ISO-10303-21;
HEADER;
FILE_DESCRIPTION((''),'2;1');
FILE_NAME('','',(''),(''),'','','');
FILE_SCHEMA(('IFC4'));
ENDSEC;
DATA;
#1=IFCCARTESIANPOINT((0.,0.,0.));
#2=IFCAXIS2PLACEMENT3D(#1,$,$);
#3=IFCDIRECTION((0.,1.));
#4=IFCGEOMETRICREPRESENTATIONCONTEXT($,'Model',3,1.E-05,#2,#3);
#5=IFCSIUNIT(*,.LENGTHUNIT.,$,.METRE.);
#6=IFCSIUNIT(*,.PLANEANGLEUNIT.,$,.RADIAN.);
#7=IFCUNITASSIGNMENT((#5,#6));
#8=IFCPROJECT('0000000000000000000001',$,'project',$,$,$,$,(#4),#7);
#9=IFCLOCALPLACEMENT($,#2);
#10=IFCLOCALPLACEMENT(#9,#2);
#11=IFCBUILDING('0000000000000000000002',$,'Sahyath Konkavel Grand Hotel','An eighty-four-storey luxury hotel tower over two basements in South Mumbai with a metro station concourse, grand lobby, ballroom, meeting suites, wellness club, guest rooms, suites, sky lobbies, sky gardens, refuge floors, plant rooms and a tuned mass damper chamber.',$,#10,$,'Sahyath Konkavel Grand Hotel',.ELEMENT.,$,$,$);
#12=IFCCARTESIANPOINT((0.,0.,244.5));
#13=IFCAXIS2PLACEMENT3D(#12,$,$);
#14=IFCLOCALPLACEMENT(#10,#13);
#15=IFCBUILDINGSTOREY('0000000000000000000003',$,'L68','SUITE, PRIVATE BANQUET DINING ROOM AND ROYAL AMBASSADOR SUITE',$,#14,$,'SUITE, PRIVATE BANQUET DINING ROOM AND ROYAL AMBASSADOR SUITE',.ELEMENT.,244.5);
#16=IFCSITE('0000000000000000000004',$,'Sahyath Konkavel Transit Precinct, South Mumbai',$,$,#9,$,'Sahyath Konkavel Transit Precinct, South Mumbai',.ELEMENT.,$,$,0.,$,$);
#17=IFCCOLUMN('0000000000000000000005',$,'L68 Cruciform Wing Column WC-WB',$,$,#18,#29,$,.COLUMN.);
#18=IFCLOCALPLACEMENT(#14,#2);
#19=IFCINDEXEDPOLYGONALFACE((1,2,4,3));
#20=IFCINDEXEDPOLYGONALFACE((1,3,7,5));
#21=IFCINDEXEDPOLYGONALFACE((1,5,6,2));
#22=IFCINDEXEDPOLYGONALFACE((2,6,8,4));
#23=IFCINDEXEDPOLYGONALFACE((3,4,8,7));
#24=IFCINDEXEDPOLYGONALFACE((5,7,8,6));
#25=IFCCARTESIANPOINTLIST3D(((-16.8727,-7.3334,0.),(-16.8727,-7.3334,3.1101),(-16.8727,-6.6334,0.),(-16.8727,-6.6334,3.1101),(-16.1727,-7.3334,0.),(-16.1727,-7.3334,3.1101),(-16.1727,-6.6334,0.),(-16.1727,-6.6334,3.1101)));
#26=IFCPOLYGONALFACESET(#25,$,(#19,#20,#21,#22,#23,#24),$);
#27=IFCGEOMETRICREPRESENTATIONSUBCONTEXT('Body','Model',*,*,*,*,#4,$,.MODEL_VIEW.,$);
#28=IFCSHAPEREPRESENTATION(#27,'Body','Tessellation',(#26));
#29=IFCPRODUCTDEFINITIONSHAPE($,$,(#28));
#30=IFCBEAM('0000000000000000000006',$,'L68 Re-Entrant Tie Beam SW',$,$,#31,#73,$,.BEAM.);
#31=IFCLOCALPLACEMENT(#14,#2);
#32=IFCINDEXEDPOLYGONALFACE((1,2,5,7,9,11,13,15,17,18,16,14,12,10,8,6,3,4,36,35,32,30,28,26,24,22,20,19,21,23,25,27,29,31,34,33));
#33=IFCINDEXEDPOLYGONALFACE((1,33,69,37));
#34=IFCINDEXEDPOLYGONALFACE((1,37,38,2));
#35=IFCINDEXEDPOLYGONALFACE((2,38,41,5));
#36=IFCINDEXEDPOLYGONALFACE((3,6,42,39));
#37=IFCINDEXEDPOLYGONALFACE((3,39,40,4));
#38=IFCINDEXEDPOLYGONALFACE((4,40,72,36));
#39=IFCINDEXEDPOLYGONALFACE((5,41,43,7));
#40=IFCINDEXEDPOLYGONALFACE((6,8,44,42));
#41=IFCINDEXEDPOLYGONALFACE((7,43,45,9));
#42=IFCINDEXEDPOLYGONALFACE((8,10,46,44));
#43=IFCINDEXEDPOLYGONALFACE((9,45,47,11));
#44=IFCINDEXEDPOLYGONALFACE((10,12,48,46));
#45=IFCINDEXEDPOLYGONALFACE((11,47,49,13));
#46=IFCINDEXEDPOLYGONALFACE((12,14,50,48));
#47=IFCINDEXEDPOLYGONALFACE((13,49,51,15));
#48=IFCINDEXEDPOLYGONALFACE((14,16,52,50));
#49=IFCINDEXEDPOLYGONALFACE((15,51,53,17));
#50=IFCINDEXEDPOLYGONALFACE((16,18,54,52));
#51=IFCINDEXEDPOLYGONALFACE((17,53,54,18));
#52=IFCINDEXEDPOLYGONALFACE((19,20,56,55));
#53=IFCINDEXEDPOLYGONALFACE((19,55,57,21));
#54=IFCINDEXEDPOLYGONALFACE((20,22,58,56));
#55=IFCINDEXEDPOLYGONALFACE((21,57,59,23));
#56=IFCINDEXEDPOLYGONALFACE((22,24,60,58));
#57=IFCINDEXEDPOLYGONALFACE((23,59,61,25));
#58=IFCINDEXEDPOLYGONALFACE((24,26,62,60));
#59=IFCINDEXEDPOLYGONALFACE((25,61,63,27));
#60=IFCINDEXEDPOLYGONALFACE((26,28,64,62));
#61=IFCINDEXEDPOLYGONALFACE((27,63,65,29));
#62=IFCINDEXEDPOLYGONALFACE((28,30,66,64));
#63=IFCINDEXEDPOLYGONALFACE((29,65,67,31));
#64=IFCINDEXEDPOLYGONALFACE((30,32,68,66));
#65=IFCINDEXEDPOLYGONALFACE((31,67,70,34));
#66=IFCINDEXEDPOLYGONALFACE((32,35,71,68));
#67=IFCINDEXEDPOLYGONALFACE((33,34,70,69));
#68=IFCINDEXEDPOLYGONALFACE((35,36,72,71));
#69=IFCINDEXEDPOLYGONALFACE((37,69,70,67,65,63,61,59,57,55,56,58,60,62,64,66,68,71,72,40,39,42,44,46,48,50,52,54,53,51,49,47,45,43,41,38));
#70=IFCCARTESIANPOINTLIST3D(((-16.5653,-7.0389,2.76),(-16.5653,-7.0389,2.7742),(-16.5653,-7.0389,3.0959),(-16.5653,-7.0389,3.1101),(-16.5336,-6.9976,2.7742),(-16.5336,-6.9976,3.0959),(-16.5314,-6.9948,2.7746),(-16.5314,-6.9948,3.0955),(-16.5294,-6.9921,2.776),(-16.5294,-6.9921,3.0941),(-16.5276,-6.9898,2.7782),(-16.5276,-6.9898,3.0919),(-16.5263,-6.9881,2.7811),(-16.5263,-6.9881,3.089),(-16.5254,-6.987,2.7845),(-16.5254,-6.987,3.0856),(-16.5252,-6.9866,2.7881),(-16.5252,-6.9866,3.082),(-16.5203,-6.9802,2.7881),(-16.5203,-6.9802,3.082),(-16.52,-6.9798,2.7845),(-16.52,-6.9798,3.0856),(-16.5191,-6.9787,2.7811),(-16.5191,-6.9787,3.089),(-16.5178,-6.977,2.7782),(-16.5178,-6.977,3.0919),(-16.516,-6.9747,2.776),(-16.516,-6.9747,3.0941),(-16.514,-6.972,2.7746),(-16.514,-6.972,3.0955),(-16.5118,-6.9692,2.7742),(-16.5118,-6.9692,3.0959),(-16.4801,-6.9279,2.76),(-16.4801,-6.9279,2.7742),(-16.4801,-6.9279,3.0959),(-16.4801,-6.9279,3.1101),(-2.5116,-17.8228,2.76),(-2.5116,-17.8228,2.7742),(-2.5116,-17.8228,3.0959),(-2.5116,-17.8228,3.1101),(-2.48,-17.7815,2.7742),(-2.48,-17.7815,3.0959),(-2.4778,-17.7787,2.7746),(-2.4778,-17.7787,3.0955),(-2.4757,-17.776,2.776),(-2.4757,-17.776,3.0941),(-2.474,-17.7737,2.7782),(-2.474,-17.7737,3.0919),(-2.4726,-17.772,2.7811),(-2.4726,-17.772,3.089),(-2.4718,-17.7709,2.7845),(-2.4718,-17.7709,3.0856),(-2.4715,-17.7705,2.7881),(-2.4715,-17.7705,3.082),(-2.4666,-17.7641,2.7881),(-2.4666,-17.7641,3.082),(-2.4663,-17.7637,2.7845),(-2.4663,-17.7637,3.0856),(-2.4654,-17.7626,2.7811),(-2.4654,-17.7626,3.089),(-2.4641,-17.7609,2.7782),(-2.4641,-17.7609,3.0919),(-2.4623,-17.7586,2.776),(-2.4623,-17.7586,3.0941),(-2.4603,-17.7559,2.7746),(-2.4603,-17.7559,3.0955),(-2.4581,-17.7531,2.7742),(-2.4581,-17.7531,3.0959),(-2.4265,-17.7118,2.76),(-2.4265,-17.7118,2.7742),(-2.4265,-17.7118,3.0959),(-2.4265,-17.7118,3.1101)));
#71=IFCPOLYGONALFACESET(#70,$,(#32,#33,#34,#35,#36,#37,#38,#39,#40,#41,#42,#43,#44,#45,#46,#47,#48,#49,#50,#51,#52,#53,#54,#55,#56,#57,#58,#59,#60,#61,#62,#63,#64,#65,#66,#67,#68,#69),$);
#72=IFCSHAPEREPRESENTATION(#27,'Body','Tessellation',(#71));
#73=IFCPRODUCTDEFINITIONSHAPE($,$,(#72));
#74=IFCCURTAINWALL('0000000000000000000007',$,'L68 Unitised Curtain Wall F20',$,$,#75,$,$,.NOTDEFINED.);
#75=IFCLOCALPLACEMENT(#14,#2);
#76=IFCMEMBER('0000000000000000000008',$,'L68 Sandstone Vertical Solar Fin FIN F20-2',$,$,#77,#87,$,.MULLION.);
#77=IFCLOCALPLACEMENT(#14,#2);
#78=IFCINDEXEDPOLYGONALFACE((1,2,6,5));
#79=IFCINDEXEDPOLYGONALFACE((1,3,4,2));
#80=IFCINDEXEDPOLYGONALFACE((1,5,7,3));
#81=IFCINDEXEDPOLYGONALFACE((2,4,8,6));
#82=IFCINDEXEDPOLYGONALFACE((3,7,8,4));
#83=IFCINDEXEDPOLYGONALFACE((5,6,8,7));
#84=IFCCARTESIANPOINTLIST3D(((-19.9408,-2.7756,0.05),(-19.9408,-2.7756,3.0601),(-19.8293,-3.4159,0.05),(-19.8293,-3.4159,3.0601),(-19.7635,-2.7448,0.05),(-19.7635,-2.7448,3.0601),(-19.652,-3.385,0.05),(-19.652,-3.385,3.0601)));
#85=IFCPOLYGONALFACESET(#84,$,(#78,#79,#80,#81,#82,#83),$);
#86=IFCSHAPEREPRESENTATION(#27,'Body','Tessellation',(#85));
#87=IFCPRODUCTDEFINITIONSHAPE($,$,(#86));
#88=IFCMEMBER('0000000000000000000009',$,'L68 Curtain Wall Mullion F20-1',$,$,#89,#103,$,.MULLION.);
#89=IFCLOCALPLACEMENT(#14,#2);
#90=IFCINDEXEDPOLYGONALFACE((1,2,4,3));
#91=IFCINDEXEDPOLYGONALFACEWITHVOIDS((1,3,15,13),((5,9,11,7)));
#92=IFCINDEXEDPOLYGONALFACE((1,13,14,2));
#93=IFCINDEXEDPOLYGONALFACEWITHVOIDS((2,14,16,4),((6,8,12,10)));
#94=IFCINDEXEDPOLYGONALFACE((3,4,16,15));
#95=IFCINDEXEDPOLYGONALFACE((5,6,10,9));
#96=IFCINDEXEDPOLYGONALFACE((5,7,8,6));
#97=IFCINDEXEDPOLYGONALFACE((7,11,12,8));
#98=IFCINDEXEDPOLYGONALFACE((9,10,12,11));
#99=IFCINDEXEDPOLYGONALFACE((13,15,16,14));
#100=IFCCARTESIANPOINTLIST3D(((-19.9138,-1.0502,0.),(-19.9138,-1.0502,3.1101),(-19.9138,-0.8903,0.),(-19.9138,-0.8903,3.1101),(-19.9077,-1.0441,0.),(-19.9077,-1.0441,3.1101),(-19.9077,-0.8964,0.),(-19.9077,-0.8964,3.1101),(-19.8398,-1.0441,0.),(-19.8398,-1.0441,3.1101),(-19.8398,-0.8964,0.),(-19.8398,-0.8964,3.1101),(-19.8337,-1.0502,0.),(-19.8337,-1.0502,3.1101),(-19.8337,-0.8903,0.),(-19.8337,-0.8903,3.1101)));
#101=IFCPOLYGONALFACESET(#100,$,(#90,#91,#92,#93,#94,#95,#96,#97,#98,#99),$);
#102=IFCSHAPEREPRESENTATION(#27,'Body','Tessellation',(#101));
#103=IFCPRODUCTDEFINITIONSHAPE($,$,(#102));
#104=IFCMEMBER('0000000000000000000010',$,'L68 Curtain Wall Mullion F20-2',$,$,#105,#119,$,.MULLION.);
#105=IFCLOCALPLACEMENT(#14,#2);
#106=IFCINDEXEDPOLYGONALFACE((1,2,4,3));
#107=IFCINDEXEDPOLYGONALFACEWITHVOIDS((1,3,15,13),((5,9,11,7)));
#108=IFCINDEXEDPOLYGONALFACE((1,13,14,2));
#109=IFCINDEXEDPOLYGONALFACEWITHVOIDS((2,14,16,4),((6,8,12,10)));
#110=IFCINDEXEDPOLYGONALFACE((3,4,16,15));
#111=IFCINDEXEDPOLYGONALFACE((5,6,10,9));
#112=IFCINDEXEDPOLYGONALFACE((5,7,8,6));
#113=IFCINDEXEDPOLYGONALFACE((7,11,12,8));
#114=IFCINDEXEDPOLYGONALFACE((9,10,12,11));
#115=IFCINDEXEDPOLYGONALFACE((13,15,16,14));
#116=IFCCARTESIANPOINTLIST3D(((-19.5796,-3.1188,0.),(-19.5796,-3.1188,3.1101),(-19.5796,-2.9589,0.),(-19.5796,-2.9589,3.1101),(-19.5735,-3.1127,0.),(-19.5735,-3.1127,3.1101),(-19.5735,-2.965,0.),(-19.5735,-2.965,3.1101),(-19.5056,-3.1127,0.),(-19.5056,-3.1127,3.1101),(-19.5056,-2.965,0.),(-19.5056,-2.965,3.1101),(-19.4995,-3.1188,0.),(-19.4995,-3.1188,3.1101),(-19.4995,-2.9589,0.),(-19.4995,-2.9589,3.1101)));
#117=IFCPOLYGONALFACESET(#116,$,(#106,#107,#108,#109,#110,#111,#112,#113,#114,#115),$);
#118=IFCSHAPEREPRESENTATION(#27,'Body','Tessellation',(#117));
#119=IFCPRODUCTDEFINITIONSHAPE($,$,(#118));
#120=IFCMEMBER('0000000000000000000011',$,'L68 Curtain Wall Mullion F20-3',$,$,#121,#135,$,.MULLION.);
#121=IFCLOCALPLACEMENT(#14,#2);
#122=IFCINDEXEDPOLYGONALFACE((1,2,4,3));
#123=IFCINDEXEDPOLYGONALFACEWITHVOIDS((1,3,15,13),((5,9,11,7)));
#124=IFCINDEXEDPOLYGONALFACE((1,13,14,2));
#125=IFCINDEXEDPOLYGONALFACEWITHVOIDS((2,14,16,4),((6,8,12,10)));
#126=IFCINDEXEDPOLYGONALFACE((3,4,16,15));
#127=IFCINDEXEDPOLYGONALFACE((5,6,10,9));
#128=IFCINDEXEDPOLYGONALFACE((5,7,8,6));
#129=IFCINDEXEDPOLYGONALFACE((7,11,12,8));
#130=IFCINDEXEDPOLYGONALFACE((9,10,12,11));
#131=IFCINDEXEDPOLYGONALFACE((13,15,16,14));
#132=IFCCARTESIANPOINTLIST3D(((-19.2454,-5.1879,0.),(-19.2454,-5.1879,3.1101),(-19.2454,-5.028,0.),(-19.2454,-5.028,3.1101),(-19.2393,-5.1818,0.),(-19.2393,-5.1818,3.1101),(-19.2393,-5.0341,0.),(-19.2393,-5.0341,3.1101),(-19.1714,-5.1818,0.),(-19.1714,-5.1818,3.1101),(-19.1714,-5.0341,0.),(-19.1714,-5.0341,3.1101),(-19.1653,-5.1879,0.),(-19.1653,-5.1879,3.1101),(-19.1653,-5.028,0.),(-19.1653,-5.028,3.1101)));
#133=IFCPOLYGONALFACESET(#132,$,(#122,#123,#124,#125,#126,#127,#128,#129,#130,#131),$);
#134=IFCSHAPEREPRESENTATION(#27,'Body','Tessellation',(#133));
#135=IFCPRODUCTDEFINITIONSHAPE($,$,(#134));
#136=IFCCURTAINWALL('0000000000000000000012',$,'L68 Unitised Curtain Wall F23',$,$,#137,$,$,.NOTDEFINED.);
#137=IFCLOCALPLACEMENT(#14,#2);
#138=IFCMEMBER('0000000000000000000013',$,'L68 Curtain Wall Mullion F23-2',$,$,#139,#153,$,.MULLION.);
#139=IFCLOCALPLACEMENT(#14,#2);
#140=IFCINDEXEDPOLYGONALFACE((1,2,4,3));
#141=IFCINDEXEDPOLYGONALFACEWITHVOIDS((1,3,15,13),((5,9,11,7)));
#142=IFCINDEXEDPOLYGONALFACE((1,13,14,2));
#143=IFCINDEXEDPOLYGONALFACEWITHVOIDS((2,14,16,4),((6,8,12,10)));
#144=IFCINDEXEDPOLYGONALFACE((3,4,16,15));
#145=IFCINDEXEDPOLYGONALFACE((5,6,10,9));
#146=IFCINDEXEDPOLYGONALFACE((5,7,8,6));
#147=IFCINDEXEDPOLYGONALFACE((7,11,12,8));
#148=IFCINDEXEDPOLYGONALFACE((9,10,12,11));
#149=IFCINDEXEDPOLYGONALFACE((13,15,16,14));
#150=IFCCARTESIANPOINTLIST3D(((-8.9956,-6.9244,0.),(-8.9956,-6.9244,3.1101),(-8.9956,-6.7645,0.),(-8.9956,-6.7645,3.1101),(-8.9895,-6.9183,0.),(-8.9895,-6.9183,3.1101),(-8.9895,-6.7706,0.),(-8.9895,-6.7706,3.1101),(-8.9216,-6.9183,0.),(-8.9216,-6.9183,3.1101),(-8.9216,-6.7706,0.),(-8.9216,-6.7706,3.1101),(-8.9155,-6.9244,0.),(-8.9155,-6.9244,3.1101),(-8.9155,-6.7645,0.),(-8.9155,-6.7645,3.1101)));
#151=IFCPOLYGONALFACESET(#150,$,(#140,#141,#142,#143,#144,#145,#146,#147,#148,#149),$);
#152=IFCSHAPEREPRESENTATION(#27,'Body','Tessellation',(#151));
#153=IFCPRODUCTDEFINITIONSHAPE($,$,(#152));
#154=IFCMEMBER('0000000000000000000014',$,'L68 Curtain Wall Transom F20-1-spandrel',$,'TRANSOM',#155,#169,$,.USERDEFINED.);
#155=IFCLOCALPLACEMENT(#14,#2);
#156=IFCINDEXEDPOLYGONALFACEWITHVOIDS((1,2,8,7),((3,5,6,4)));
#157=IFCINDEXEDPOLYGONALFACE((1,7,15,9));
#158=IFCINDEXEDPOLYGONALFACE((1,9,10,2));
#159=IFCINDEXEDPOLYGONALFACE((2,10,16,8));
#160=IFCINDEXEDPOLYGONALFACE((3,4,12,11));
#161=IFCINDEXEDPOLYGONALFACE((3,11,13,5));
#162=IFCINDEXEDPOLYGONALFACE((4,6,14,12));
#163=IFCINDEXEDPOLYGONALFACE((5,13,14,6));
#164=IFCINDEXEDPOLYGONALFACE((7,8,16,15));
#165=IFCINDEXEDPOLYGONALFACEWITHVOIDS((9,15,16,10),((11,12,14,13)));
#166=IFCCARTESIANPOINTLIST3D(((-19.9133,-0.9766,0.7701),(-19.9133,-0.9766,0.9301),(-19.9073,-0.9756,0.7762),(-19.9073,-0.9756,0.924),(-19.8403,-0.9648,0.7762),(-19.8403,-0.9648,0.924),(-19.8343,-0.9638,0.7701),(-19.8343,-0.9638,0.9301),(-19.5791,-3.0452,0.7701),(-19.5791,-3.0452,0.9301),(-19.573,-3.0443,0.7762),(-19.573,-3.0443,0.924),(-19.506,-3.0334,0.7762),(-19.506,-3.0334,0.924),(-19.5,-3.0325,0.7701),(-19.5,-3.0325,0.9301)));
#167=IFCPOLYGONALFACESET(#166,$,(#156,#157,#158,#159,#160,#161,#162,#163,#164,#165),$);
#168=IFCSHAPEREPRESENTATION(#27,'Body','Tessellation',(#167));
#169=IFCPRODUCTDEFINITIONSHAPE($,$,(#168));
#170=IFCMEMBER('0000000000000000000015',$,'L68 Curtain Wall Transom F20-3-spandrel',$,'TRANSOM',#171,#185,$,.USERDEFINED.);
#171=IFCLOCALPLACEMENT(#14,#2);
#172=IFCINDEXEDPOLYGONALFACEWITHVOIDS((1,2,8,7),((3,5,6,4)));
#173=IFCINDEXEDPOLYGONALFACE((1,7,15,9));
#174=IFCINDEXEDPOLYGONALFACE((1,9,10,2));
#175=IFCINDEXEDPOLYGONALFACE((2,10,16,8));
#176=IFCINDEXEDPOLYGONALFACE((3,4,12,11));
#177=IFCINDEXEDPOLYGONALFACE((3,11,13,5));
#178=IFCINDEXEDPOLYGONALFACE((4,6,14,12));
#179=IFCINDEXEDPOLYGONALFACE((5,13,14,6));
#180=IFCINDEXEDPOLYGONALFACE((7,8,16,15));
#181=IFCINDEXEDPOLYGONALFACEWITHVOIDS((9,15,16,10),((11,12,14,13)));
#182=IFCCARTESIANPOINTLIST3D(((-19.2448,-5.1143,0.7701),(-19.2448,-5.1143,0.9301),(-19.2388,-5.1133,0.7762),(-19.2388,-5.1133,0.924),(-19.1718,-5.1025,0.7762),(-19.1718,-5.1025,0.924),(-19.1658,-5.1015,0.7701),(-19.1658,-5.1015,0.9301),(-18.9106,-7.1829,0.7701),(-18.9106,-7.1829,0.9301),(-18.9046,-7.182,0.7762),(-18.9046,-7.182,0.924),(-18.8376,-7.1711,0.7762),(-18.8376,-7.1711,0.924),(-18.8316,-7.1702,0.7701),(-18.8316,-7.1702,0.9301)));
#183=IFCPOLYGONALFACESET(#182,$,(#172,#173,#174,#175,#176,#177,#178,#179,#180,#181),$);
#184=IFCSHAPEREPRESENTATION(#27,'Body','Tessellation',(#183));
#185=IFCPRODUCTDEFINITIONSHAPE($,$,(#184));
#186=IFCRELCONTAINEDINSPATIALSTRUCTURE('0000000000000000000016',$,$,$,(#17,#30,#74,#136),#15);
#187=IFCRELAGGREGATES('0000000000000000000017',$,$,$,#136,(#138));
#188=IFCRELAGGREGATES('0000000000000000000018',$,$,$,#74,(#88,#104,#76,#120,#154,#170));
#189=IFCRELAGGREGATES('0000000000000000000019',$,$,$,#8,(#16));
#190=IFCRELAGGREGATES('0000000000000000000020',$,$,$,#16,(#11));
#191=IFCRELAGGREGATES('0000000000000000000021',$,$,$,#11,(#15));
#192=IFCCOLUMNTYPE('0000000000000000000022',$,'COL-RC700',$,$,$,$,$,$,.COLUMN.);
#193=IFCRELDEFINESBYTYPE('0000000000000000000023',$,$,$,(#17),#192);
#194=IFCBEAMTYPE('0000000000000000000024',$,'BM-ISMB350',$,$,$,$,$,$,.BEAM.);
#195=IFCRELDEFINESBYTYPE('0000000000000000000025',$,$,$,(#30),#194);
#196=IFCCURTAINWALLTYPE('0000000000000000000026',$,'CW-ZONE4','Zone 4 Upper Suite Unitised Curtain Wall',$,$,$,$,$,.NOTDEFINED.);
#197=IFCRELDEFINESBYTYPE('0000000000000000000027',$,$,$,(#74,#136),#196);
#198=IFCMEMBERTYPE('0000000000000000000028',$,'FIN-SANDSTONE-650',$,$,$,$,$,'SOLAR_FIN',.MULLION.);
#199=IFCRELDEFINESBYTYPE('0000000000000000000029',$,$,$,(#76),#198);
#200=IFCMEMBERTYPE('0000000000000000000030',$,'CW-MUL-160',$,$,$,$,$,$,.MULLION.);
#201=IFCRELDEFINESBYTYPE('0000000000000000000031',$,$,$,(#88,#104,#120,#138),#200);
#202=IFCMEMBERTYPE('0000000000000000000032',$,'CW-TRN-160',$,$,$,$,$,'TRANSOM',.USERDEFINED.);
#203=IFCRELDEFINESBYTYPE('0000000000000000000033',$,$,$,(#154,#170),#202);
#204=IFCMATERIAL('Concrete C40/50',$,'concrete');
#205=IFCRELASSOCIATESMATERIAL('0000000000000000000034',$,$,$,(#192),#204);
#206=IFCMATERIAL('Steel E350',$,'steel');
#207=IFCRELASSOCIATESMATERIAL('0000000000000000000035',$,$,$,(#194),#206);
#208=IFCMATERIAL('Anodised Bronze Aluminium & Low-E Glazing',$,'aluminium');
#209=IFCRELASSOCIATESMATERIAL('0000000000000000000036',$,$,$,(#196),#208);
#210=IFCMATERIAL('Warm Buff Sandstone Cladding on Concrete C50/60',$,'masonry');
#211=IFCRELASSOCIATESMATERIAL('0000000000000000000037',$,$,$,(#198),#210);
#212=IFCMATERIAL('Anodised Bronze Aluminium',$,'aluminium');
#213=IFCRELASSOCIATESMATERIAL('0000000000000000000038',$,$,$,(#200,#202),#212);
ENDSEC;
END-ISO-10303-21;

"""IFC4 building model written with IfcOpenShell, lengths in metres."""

from ifc_helpers import new_model, si_unit, direction, frame, origin, origin_2d, place, context, subcontext, project, spatial, rectangle, hollow_rectangle, i_section, extrude, source, transform, mapped, material, material_profile, profile_set, type_object, element, aggregate, save


model = new_model("IFC4")

# Units and contexts
model_context = context("Model", 3, precision=1e-05, world=origin(), true_north=direction((0.0, 1.0)))
body_context = subcontext(model_context, "Body", "Model", "MODEL_VIEW")
ifc_project = project(units=[si_unit("LENGTHUNIT", "METRE"), si_unit("PLANEANGLEUNIT", "RADIAN")], contexts=[model_context])

# Site, building, storey
site_placement = place(None, origin())
site = spatial("IfcSite", under=ifc_project, at=site_placement, Name="Sahyath Konkavel Transit Precinct, South Mumbai", LongName="Sahyath Konkavel Transit Precinct, South Mumbai", CompositionType="ELEMENT", RefElevation=0.0)
building_placement = place(site_placement, origin())
building = spatial("IfcBuilding", under=site, at=building_placement, Name="Sahyath Konkavel Grand Hotel", Description="An eighty-four-storey luxury hotel tower over two basements in South Mumbai with a metro station concourse, grand lobby, ballroom, meeting suites, wellness club, guest rooms, suites, sky lobbies, sky gardens, refuge floors, plant rooms and a tuned mass damper chamber.", LongName="Sahyath Konkavel Grand Hotel", CompositionType="ELEMENT")
storey_placement = place(building_placement, frame((0.0, 0.0, 244.5)))
storey = spatial("IfcBuildingStorey", under=building, at=storey_placement, Name="L68", Description="SUITE, PRIVATE BANQUET DINING ROOM AND ROYAL AMBASSADOR SUITE", LongName="SUITE, PRIVATE BANQUET DINING ROOM AND ROYAL AMBASSADOR SUITE", CompositionType="ELEMENT", Elevation=244.5)

# Column
ifc_material_1 = material(Name="Concrete C40/50", Category="concrete")
ifc_material_profile_1 = material_profile(ifc_material_1, rectangle(XDim=0.7, YDim=0.7, at=origin_2d()), Name="RC 700x700")
ifc_profile_set_1 = profile_set([ifc_material_profile_1], Name="Concrete C40/50")
column_type = type_object("IfcColumnType", Name="COL-RC700", PredefinedType="COLUMN", material=ifc_profile_set_1)
shared_shape_1 = source(origin(), body_context, "Body", "SweptSolid", [
    extrude(rectangle(XDim=0.7, YDim=0.7, at=origin_2d()), origin(), (0.0, 0.0, 1.0), 3.1101),
])
column_placement = place(storey_placement, frame((-16.5227, -6.9834, 0.0), z_axis=(0.0, 0.0, 1.0), x_axis=(1.0, 0.0, 0.0)))
element("IfcColumn", 1, at=column_placement, inside=storey, type_object=column_type, Name="L68 Cruciform Wing Column WC-WB", PredefinedType="COLUMN", context=body_context, shape_type="MappedRepresentation", body=[
    mapped(shared_shape_1, transform((0.0, 0.0, 0.0), scale=1.0)),
])

# Beam
ifc_material_2 = material(Name="Steel E350", Category="steel")
ifc_material_profile_2 = material_profile(ifc_material_2, i_section(OverallWidth=0.1399, OverallDepth=0.3501, WebThickness=0.0081, FlangeThickness=0.0142, FilletRadius=0.0139, at=origin_2d()), Name="ISMB 350")
ifc_profile_set_2 = profile_set([ifc_material_profile_2], Name="Steel E350")
beam_type_1 = type_object("IfcBeamType", Name="BM-ISMB350", PredefinedType="BEAM", material=ifc_profile_set_2)
shared_shape_2 = source(origin(), body_context, "Body", "SweptSolid", [
    extrude(i_section(OverallWidth=0.1399, OverallDepth=0.3501, WebThickness=0.0081, FlangeThickness=0.0142, FilletRadius=0.0139, at=origin_2d()), origin(), (0.0, 0.0, 1.0), 17.7144),
])
beam_1_placement = place(storey_placement, frame((-16.5227, -6.9834, 2.9351), z_axis=(0.793349, -0.608767, 0.0), x_axis=(0.608767, 0.793349, 0.0)))
element("IfcBeam", 2, at=beam_1_placement, inside=storey, type_object=beam_type_1, Name="L68 Re-Entrant Tie Beam SW", PredefinedType="BEAM", context=body_context, shape_type="MappedRepresentation", body=[
    mapped(shared_shape_2, transform((0.0, 0.0, 0.0), scale=1.0)),
])

# Curtain wall, members
ifc_material_3 = material(Name="Anodised Bronze Aluminium & Low-E Glazing", Category="aluminium")
curtain_wall_type = type_object("IfcCurtainWallType", Name="CW-ZONE4", Description="Zone 4 Upper Suite Unitised Curtain Wall", PredefinedType="NOTDEFINED", material=ifc_material_3)
curtain_wall_1_placement = place(storey_placement, origin())
curtain_wall_1 = element("IfcCurtainWall", 3, at=curtain_wall_1_placement, inside=storey, type_object=curtain_wall_type, Name="L68 Unitised Curtain Wall F20", PredefinedType="NOTDEFINED")
ifc_material_4 = material(Name="Warm Buff Sandstone Cladding on Concrete C50/60", Category="masonry")
ifc_material_profile_3 = material_profile(ifc_material_4, rectangle(XDim=0.1799, YDim=0.6499, at=origin_2d()), Name="FIN 180x650")
ifc_profile_set_3 = profile_set([ifc_material_profile_3], Name="Warm Buff Sandstone Cladding on Concrete C50/60")
member_type_1 = type_object("IfcMemberType", Name="FIN-SANDSTONE-650", ElementType="SOLAR_FIN", PredefinedType="MULLION", material=ifc_profile_set_3)
shared_shape_3 = source(origin(), body_context, "Body", "SweptSolid", [
    extrude(rectangle(XDim=0.1799, YDim=0.6499, at=origin_2d()), origin(), (0.0, 0.0, 1.0), 3.01),
])
member_1_placement = place(storey_placement, frame((-19.7964, -3.0803, 0.05), z_axis=(0.0, 0.0, 1.0), x_axis=(0.985169, 0.171585, 0.0)))
member_1 = element("IfcMember", 4, at=member_1_placement, type_object=member_type_1, Name="L68 Sandstone Vertical Solar Fin FIN F20-2", PredefinedType="MULLION", context=body_context, shape_type="MappedRepresentation", body=[
    mapped(shared_shape_3, transform((0.0, 0.0, 0.0), scale=1.0)),
])
ifc_material_5 = material(Name="Anodised Bronze Aluminium", Category="aluminium")
ifc_material_profile_4 = material_profile(ifc_material_5, hollow_rectangle(XDim=0.0801, YDim=0.1599, WallThickness=0.0061, at=origin_2d()), Name="RHS 160x80x6")
ifc_profile_set_4 = profile_set([ifc_material_profile_4], Name="Anodised Bronze Aluminium")
member_type_2 = type_object("IfcMemberType", Name="CW-MUL-160", PredefinedType="MULLION", material=ifc_profile_set_4)
shared_shape_4 = source(origin(), body_context, "Body", "SweptSolid", [
    extrude(hollow_rectangle(XDim=0.0801, YDim=0.1599, WallThickness=0.0061, at=origin_2d()), origin(), (0.0, 0.0, 1.0), 3.1101),
])
member_2_placement = place(storey_placement, frame((-19.8738, -0.9702, 0.0), z_axis=(0.0, 0.0, 1.0), x_axis=(1.0, 0.0, 0.0)))
member_2 = element("IfcMember", 5, at=member_2_placement, type_object=member_type_2, Name="L68 Curtain Wall Mullion F20-1", PredefinedType="MULLION", context=body_context, shape_type="MappedRepresentation", body=[
    mapped(shared_shape_4, transform((0.0, 0.0, 0.0), scale=1.0)),
])
member_3_placement = place(storey_placement, frame((-19.5396, -3.0388, 0.0), z_axis=(0.0, 0.0, 1.0), x_axis=(1.0, 0.0, 0.0)))
member_3 = element("IfcMember", 6, at=member_3_placement, type_object=member_type_2, Name="L68 Curtain Wall Mullion F20-2", PredefinedType="MULLION", context=body_context, shape_type="MappedRepresentation", body=[
    mapped(shared_shape_4, transform((0.0, 0.0, 0.0), scale=1.0)),
])
member_4_placement = place(storey_placement, frame((-19.2053, -5.1079, 0.0), z_axis=(0.0, 0.0, 1.0), x_axis=(1.0, 0.0, 0.0)))
member_4 = element("IfcMember", 7, at=member_4_placement, type_object=member_type_2, Name="L68 Curtain Wall Mullion F20-3", PredefinedType="MULLION", context=body_context, shape_type="MappedRepresentation", body=[
    mapped(shared_shape_4, transform((0.0, 0.0, 0.0), scale=1.0)),
])

# Curtain wall, member
curtain_wall_2_placement = place(storey_placement, origin())
curtain_wall_2 = element("IfcCurtainWall", 8, at=curtain_wall_2_placement, inside=storey, type_object=curtain_wall_type, Name="L68 Unitised Curtain Wall F23", PredefinedType="NOTDEFINED")
member_5_placement = place(storey_placement, frame((-8.9556, -6.8445, 0.0), z_axis=(0.0, 0.0, 1.0), x_axis=(1.0, 0.0, 0.0)))
member_5 = element("IfcMember", 9, at=member_5_placement, type_object=member_type_2, Name="L68 Curtain Wall Mullion F23-2", PredefinedType="MULLION", context=body_context, shape_type="MappedRepresentation", body=[
    mapped(shared_shape_4, transform((0.0, 0.0, 0.0), scale=1.0)),
])

# Members
ifc_material_profile_5 = material_profile(ifc_material_5, hollow_rectangle(XDim=0.0801, YDim=0.1599, WallThickness=0.0061, at=origin_2d()), Name="RHS 160x80x6")
ifc_profile_set_5 = profile_set([ifc_material_profile_5], Name="Anodised Bronze Aluminium")
member_type_3 = type_object("IfcMemberType", Name="CW-TRN-160", ElementType="TRANSOM", PredefinedType="USERDEFINED", material=ifc_profile_set_5)
shared_shape_5 = source(origin(), body_context, "Body", "SweptSolid", [
    extrude(hollow_rectangle(XDim=0.0801, YDim=0.1599, WallThickness=0.0061, at=origin_2d()), origin(), (0.0, 0.0, 1.0), 2.0955),
])
member_6_placement = place(storey_placement, frame((-19.8738, -0.9702, 0.8501), z_axis=(0.159504, -0.987197, 0.0), x_axis=(0.987197, 0.159504, 0.0)))
member_6 = element("IfcMember", 10, at=member_6_placement, type_object=member_type_3, Name="L68 Curtain Wall Transom F20-1-spandrel", ObjectType="TRANSOM", PredefinedType="USERDEFINED", context=body_context, shape_type="MappedRepresentation", body=[
    mapped(shared_shape_5, transform((0.0, 0.0, 0.0), scale=1.0)),
])
member_7_placement = place(storey_placement, frame((-19.2053, -5.1079, 0.8501), z_axis=(0.159504, -0.987197, 0.0), x_axis=(0.987197, 0.159504, 0.0)))
member_7 = element("IfcMember", 11, at=member_7_placement, type_object=member_type_3, Name="L68 Curtain Wall Transom F20-3-spandrel", ObjectType="TRANSOM", PredefinedType="USERDEFINED", context=body_context, shape_type="MappedRepresentation", body=[
    mapped(shared_shape_5, transform((0.0, 0.0, 0.0), scale=1.0)),
])
aggregate(curtain_wall_2, [member_5])

aggregate(curtain_wall_1, [member_2, member_3, member_1, member_4, member_6, member_7])

save(model, "model.ifc")
